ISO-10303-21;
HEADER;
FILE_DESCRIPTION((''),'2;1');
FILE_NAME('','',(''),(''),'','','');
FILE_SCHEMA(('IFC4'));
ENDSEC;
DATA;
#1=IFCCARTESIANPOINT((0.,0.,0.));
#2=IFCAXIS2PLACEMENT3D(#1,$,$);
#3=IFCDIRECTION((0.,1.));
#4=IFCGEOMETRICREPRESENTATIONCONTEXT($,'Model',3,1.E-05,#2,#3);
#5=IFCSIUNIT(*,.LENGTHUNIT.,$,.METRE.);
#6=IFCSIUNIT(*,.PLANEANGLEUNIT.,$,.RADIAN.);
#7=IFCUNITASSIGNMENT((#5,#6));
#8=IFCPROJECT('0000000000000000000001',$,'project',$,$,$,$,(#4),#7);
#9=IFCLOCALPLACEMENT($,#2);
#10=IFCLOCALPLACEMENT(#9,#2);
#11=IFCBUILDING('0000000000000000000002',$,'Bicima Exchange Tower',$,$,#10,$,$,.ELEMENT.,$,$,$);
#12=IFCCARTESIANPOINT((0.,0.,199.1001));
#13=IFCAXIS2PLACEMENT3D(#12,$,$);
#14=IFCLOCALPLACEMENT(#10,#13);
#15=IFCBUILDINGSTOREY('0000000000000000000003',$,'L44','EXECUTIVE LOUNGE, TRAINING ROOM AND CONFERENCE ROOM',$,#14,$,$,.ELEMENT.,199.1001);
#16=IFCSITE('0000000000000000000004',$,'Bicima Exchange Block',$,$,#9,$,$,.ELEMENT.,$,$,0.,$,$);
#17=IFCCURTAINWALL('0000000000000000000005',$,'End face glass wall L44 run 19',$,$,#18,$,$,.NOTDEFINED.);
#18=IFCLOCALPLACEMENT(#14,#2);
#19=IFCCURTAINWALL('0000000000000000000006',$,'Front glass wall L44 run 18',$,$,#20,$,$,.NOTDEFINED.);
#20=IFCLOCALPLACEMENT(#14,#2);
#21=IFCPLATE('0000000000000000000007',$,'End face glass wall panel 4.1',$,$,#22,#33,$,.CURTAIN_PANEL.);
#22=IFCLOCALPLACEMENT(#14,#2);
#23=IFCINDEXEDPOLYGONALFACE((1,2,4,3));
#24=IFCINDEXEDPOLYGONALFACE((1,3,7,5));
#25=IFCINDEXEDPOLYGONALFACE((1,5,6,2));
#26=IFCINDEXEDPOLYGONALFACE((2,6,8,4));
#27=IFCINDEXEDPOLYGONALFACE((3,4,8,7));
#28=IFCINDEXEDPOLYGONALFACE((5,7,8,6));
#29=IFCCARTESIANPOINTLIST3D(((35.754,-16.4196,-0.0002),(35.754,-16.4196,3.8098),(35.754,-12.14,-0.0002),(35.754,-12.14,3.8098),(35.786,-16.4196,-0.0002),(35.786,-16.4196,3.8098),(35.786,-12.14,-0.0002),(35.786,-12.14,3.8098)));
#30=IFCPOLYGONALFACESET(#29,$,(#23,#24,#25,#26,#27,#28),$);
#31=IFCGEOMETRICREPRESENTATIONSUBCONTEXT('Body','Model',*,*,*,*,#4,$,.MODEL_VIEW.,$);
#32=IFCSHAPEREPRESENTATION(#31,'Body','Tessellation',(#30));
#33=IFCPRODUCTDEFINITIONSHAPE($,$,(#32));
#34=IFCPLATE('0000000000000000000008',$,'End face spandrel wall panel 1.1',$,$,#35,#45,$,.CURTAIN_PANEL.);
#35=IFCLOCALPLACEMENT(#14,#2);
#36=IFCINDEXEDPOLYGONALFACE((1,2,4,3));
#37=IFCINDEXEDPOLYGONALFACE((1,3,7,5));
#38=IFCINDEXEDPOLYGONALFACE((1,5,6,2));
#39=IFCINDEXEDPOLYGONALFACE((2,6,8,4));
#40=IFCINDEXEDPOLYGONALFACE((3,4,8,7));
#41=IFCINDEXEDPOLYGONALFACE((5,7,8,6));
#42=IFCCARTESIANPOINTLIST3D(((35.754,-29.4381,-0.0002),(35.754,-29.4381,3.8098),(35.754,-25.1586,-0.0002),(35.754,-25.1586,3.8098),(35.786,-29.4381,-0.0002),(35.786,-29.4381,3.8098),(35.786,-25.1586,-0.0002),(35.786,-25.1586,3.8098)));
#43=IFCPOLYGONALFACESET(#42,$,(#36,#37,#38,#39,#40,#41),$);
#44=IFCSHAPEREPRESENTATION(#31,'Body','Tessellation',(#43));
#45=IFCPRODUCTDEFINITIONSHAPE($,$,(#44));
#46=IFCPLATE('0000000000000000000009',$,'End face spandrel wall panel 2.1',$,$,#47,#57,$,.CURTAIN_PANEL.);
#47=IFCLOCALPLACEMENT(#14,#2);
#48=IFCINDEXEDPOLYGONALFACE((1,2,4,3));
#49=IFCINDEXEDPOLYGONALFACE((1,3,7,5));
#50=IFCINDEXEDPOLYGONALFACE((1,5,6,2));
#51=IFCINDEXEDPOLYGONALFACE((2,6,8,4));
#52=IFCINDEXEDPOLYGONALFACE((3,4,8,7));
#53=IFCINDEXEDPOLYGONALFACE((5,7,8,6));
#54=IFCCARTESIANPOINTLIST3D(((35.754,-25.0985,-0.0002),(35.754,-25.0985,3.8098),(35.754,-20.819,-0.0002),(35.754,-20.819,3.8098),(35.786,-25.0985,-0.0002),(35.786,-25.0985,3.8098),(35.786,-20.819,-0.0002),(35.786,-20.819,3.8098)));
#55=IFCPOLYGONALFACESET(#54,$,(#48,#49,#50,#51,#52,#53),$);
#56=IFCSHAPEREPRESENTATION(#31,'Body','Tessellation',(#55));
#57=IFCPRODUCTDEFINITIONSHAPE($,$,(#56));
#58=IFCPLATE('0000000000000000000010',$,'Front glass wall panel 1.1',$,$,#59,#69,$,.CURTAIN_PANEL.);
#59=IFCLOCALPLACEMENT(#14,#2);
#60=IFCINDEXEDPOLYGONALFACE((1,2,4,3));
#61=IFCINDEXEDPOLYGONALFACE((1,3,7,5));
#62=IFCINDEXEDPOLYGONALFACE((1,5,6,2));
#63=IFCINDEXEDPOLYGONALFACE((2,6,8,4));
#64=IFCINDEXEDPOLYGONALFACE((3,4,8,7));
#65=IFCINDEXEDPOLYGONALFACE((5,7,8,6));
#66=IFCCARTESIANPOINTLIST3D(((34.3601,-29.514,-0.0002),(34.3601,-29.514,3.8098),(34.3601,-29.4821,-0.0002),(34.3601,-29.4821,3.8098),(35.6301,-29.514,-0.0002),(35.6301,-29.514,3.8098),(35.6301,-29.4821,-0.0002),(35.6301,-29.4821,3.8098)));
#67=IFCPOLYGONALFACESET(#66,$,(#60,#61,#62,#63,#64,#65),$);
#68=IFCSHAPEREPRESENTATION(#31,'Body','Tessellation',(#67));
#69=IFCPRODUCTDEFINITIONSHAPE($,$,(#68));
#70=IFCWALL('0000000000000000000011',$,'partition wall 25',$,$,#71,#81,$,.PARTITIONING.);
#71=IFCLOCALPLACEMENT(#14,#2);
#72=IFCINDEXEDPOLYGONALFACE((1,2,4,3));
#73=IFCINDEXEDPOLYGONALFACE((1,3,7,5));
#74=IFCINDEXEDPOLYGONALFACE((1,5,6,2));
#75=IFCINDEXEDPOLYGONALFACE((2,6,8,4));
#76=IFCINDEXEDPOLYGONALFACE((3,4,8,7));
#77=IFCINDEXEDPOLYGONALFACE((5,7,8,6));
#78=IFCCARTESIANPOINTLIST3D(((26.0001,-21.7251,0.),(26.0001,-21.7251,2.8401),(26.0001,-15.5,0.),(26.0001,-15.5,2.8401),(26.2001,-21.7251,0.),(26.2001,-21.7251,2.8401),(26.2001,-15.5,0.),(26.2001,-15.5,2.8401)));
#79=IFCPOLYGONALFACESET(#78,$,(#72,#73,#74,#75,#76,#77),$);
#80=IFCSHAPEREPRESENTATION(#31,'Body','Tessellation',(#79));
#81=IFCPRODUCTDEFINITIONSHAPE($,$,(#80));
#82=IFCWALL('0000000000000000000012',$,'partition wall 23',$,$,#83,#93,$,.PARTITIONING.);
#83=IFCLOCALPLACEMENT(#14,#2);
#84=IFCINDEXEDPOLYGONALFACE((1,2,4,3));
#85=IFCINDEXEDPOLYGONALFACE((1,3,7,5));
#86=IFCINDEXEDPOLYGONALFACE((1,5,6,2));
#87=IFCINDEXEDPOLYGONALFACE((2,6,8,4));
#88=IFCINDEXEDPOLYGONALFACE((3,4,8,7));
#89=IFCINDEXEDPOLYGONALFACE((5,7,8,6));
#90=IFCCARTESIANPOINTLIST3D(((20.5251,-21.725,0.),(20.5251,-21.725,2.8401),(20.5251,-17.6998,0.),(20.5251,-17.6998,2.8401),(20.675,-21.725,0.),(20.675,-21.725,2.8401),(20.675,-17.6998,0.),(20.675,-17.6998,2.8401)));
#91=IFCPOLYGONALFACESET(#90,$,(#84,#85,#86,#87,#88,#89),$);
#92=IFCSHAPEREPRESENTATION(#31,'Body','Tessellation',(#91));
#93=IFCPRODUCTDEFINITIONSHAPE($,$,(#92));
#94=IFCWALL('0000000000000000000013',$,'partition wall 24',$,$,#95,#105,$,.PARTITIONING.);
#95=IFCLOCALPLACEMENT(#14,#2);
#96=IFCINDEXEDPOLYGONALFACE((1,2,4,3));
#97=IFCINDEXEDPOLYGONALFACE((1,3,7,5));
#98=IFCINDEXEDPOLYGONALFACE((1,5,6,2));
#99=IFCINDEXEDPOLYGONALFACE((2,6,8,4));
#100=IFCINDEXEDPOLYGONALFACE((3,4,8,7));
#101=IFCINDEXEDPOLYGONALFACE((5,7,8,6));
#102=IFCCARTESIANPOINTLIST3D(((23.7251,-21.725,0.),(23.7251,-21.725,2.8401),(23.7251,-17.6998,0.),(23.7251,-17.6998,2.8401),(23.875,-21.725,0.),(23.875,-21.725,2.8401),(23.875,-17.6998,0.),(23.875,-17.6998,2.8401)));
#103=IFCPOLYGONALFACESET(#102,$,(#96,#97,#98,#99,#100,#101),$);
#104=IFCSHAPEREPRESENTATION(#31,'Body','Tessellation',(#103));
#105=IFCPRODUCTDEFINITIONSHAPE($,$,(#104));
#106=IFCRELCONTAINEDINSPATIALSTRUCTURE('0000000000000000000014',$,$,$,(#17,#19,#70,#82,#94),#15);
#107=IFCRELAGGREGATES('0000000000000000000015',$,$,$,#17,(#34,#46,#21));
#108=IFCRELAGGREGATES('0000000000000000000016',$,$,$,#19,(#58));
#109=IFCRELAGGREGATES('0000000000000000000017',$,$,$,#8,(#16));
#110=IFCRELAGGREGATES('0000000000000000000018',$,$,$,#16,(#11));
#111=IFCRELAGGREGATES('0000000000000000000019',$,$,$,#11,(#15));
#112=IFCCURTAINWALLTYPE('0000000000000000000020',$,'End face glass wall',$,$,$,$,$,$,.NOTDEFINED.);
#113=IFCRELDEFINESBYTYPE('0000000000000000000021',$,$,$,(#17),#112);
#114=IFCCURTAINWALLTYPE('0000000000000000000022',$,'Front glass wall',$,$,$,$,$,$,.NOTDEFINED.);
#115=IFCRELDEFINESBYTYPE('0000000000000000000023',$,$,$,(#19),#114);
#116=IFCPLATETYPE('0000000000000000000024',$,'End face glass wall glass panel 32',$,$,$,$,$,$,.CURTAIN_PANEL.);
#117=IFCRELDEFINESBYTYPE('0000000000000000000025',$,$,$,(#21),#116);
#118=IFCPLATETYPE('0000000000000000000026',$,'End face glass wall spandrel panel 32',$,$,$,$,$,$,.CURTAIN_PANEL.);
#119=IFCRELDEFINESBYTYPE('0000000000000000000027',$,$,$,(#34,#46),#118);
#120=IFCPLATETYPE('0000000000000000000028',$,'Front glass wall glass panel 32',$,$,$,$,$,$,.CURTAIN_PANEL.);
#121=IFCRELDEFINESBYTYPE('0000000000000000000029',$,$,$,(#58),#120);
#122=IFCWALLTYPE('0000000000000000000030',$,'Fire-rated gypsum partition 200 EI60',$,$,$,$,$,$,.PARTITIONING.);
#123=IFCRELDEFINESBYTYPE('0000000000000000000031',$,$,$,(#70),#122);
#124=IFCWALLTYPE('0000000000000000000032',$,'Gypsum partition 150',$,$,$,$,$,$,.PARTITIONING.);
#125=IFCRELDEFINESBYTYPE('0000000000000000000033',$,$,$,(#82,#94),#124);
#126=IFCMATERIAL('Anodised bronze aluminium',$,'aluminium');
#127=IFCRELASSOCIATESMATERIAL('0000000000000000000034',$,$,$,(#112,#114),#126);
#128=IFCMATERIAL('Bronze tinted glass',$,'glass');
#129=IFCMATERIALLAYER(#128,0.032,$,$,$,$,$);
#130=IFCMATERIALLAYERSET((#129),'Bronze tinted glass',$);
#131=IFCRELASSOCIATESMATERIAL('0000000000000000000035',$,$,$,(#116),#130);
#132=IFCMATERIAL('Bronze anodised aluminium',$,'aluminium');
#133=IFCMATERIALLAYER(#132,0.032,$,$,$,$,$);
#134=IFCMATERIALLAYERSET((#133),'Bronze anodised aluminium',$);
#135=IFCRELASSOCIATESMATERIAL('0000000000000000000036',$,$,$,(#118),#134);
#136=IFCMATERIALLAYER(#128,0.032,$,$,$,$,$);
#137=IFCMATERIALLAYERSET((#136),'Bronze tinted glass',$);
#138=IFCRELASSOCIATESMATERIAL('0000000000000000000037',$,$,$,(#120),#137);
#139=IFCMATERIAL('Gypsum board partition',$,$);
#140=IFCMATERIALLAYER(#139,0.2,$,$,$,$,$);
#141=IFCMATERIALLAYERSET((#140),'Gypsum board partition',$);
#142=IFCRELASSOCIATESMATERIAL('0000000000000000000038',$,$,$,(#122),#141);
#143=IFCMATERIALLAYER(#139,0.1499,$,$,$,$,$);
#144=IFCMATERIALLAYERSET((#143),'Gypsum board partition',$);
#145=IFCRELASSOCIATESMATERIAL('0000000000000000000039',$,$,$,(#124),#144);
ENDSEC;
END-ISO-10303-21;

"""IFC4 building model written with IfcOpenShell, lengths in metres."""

from ifc_helpers import new_model, si_unit, direction, frame, frame_2d, origin, origin_2d, place, context, subcontext, project, spatial, rectangle, extrude, material, layer, layer_set, type_object, element, aggregate, save


model = new_model("IFC4")

# Units and contexts
model_context = context("Model", 3, precision=1e-05, world=origin(), true_north=direction((0.0, 1.0)))
body_context = subcontext(model_context, "Body", "Model", "MODEL_VIEW")
ifc_project = project(units=[si_unit("LENGTHUNIT", "METRE"), si_unit("PLANEANGLEUNIT", "RADIAN")], contexts=[model_context])

# Site, building, storey
site_placement = place(None, origin())
site = spatial("IfcSite", under=ifc_project, at=site_placement, Name="Bicima Exchange Block", CompositionType="ELEMENT", RefElevation=0.0)
building_placement = place(site_placement, origin())
building = spatial("IfcBuilding", under=site, at=building_placement, Name="Bicima Exchange Tower", CompositionType="ELEMENT")
storey_placement = place(building_placement, frame((0.0, 0.0, 199.1001)))
storey = spatial("IfcBuildingStorey", under=building, at=storey_placement, Name="L44", Description="EXECUTIVE LOUNGE, TRAINING ROOM AND CONFERENCE ROOM", CompositionType="ELEMENT", Elevation=199.1001)

# Curtain wall
ifc_material_1 = material(Name="Anodised bronze aluminium", Category="aluminium")
curtain_wall_type_1 = type_object("IfcCurtainWallType", Name="End face glass wall", PredefinedType="NOTDEFINED", material=ifc_material_1)
curtain_wall_1_placement = place(storey_placement, origin())
curtain_wall_1 = element("IfcCurtainWall", 1, at=curtain_wall_1_placement, inside=storey, type_object=curtain_wall_type_1, Name="End face glass wall L44 run 19", PredefinedType="NOTDEFINED")

# Curtain wall
curtain_wall_type_2 = type_object("IfcCurtainWallType", Name="Front glass wall", PredefinedType="NOTDEFINED", material=ifc_material_1)
curtain_wall_2_placement = place(storey_placement, origin())
curtain_wall_2 = element("IfcCurtainWall", 2, at=curtain_wall_2_placement, inside=storey, type_object=curtain_wall_type_2, Name="Front glass wall L44 run 18", PredefinedType="NOTDEFINED")

# Plates
ifc_material_2 = material(Name="Bronze tinted glass", Category="glass")
ifc_layer_1 = layer(ifc_material_2, 0.032)
ifc_layer_set_1 = layer_set([ifc_layer_1], Name="Bronze tinted glass")
plate_type_1 = type_object("IfcPlateType", Name="End face glass wall glass panel 32", PredefinedType="CURTAIN_PANEL", material=ifc_layer_set_1)
plate_1_placement = place(storey_placement, frame((35.77, -14.2798, -0.0002), z_axis=(0.0, 0.0, 1.0), x_axis=(0.0, 1.0, 0.0)))
plate_1 = element("IfcPlate", 3, at=plate_1_placement, type_object=plate_type_1, Name="End face glass wall panel 4.1", PredefinedType="CURTAIN_PANEL", context=body_context, shape_type="SweptSolid", body=[
    extrude(rectangle(XDim=4.2795, YDim=0.032, at=origin_2d()), origin(), (0.0, 0.0, 1.0), 3.8101),
])
ifc_material_3 = material(Name="Bronze anodised aluminium", Category="aluminium")
ifc_layer_2 = layer(ifc_material_3, 0.032)
ifc_layer_set_2 = layer_set([ifc_layer_2], Name="Bronze anodised aluminium")
plate_type_2 = type_object("IfcPlateType", Name="End face glass wall spandrel panel 32", PredefinedType="CURTAIN_PANEL", material=ifc_layer_set_2)
plate_2_placement = place(storey_placement, frame((35.77, -27.2983, -0.0002), z_axis=(0.0, 0.0, 1.0), x_axis=(0.0, 1.0, 0.0)))
plate_2 = element("IfcPlate", 4, at=plate_2_placement, type_object=plate_type_2, Name="End face spandrel wall panel 1.1", PredefinedType="CURTAIN_PANEL", context=body_context, shape_type="SweptSolid", body=[
    extrude(rectangle(XDim=4.2795, YDim=0.032, at=origin_2d()), origin(), (0.0, 0.0, 1.0), 3.8101),
])
plate_3_placement = place(storey_placement, frame((35.77, -22.9587, -0.0002), z_axis=(0.0, 0.0, 1.0), x_axis=(0.0, 1.0, 0.0)))
plate_3 = element("IfcPlate", 5, at=plate_3_placement, type_object=plate_type_2, Name="End face spandrel wall panel 2.1", PredefinedType="CURTAIN_PANEL", context=body_context, shape_type="SweptSolid", body=[
    extrude(rectangle(XDim=4.2795, YDim=0.032, at=origin_2d()), origin(), (0.0, 0.0, 1.0), 3.8101),
])
aggregate(curtain_wall_1, [plate_2, plate_3, plate_1])
ifc_layer_3 = layer(ifc_material_2, 0.032)
ifc_layer_set_3 = layer_set([ifc_layer_3], Name="Bronze tinted glass")
plate_type_3 = type_object("IfcPlateType", Name="Front glass wall glass panel 32", PredefinedType="CURTAIN_PANEL", material=ifc_layer_set_3)
plate_4_placement = place(storey_placement, frame((34.9951, -29.498, -0.0002), z_axis=(0.0, 0.0, 1.0), x_axis=(1.0, 0.0, 0.0)))
plate_4 = element("IfcPlate", 6, at=plate_4_placement, type_object=plate_type_3, Name="Front glass wall panel 1.1", PredefinedType="CURTAIN_PANEL", context=body_context, shape_type="SweptSolid", body=[
    extrude(rectangle(XDim=1.27, YDim=0.032, at=origin_2d()), origin(), (0.0, 0.0, 1.0), 3.8101),
])
aggregate(curtain_wall_2, [plate_4])

# Walls
ifc_material_4 = material(Name="Gypsum board partition")
ifc_layer_4 = layer(ifc_material_4, 0.2)
ifc_layer_set_4 = layer_set([ifc_layer_4], Name="Gypsum board partition")
wall_type_1 = type_object("IfcWallType", Name="Fire-rated gypsum partition 200 EI60", PredefinedType="PARTITIONING", material=ifc_layer_set_4)
wall_placement = place(storey_placement, frame((26.1001, -21.7251, 0.0), z_axis=(0.0, 0.0, 1.0), x_axis=(0.0, 1.0, 0.0)))
element("IfcWall", 7, at=wall_placement, inside=storey, type_object=wall_type_1, Name="partition wall 25", PredefinedType="PARTITIONING", context=body_context, shape_type="SweptSolid", body=[
    extrude(rectangle(XDim=6.2251, YDim=0.2, at=frame_2d((3.1125, 0.0))), origin(), (0.0, 0.0, 1.0), 2.8401),
])
ifc_layer_5 = layer(ifc_material_4, 0.1499)
ifc_layer_set_5 = layer_set([ifc_layer_5], Name="Gypsum board partition")
wall_type_2 = type_object("IfcWallType", Name="Gypsum partition 150", PredefinedType="PARTITIONING", material=ifc_layer_set_5)
for number, where, z_axis, x_axis, name in (
    (8, (20.6001, -21.7251, 0.0), (0.0, 0.0, 1.0), (0.0, 1.0, 0.0), "partition wall 23"),
    (9, (23.8, -21.7251, 0.0), (0.0, 0.0, 1.0), (0.0, 1.0, 0.0), "partition wall 24"),
):
    element("IfcWall", number, at=place(storey_placement, frame(where, z_axis=z_axis, x_axis=x_axis)), inside=storey, type_object=wall_type_2, Name=name, PredefinedType="PARTITIONING", context=body_context, shape_type="SweptSolid", body=[
        extrude(rectangle(XDim=4.0251, YDim=0.1499, at=frame_2d((2.0127, 0.0))), origin(), (0.0, 0.0, 1.0), 2.8401),
    ])

save(model, "model.ifc")
